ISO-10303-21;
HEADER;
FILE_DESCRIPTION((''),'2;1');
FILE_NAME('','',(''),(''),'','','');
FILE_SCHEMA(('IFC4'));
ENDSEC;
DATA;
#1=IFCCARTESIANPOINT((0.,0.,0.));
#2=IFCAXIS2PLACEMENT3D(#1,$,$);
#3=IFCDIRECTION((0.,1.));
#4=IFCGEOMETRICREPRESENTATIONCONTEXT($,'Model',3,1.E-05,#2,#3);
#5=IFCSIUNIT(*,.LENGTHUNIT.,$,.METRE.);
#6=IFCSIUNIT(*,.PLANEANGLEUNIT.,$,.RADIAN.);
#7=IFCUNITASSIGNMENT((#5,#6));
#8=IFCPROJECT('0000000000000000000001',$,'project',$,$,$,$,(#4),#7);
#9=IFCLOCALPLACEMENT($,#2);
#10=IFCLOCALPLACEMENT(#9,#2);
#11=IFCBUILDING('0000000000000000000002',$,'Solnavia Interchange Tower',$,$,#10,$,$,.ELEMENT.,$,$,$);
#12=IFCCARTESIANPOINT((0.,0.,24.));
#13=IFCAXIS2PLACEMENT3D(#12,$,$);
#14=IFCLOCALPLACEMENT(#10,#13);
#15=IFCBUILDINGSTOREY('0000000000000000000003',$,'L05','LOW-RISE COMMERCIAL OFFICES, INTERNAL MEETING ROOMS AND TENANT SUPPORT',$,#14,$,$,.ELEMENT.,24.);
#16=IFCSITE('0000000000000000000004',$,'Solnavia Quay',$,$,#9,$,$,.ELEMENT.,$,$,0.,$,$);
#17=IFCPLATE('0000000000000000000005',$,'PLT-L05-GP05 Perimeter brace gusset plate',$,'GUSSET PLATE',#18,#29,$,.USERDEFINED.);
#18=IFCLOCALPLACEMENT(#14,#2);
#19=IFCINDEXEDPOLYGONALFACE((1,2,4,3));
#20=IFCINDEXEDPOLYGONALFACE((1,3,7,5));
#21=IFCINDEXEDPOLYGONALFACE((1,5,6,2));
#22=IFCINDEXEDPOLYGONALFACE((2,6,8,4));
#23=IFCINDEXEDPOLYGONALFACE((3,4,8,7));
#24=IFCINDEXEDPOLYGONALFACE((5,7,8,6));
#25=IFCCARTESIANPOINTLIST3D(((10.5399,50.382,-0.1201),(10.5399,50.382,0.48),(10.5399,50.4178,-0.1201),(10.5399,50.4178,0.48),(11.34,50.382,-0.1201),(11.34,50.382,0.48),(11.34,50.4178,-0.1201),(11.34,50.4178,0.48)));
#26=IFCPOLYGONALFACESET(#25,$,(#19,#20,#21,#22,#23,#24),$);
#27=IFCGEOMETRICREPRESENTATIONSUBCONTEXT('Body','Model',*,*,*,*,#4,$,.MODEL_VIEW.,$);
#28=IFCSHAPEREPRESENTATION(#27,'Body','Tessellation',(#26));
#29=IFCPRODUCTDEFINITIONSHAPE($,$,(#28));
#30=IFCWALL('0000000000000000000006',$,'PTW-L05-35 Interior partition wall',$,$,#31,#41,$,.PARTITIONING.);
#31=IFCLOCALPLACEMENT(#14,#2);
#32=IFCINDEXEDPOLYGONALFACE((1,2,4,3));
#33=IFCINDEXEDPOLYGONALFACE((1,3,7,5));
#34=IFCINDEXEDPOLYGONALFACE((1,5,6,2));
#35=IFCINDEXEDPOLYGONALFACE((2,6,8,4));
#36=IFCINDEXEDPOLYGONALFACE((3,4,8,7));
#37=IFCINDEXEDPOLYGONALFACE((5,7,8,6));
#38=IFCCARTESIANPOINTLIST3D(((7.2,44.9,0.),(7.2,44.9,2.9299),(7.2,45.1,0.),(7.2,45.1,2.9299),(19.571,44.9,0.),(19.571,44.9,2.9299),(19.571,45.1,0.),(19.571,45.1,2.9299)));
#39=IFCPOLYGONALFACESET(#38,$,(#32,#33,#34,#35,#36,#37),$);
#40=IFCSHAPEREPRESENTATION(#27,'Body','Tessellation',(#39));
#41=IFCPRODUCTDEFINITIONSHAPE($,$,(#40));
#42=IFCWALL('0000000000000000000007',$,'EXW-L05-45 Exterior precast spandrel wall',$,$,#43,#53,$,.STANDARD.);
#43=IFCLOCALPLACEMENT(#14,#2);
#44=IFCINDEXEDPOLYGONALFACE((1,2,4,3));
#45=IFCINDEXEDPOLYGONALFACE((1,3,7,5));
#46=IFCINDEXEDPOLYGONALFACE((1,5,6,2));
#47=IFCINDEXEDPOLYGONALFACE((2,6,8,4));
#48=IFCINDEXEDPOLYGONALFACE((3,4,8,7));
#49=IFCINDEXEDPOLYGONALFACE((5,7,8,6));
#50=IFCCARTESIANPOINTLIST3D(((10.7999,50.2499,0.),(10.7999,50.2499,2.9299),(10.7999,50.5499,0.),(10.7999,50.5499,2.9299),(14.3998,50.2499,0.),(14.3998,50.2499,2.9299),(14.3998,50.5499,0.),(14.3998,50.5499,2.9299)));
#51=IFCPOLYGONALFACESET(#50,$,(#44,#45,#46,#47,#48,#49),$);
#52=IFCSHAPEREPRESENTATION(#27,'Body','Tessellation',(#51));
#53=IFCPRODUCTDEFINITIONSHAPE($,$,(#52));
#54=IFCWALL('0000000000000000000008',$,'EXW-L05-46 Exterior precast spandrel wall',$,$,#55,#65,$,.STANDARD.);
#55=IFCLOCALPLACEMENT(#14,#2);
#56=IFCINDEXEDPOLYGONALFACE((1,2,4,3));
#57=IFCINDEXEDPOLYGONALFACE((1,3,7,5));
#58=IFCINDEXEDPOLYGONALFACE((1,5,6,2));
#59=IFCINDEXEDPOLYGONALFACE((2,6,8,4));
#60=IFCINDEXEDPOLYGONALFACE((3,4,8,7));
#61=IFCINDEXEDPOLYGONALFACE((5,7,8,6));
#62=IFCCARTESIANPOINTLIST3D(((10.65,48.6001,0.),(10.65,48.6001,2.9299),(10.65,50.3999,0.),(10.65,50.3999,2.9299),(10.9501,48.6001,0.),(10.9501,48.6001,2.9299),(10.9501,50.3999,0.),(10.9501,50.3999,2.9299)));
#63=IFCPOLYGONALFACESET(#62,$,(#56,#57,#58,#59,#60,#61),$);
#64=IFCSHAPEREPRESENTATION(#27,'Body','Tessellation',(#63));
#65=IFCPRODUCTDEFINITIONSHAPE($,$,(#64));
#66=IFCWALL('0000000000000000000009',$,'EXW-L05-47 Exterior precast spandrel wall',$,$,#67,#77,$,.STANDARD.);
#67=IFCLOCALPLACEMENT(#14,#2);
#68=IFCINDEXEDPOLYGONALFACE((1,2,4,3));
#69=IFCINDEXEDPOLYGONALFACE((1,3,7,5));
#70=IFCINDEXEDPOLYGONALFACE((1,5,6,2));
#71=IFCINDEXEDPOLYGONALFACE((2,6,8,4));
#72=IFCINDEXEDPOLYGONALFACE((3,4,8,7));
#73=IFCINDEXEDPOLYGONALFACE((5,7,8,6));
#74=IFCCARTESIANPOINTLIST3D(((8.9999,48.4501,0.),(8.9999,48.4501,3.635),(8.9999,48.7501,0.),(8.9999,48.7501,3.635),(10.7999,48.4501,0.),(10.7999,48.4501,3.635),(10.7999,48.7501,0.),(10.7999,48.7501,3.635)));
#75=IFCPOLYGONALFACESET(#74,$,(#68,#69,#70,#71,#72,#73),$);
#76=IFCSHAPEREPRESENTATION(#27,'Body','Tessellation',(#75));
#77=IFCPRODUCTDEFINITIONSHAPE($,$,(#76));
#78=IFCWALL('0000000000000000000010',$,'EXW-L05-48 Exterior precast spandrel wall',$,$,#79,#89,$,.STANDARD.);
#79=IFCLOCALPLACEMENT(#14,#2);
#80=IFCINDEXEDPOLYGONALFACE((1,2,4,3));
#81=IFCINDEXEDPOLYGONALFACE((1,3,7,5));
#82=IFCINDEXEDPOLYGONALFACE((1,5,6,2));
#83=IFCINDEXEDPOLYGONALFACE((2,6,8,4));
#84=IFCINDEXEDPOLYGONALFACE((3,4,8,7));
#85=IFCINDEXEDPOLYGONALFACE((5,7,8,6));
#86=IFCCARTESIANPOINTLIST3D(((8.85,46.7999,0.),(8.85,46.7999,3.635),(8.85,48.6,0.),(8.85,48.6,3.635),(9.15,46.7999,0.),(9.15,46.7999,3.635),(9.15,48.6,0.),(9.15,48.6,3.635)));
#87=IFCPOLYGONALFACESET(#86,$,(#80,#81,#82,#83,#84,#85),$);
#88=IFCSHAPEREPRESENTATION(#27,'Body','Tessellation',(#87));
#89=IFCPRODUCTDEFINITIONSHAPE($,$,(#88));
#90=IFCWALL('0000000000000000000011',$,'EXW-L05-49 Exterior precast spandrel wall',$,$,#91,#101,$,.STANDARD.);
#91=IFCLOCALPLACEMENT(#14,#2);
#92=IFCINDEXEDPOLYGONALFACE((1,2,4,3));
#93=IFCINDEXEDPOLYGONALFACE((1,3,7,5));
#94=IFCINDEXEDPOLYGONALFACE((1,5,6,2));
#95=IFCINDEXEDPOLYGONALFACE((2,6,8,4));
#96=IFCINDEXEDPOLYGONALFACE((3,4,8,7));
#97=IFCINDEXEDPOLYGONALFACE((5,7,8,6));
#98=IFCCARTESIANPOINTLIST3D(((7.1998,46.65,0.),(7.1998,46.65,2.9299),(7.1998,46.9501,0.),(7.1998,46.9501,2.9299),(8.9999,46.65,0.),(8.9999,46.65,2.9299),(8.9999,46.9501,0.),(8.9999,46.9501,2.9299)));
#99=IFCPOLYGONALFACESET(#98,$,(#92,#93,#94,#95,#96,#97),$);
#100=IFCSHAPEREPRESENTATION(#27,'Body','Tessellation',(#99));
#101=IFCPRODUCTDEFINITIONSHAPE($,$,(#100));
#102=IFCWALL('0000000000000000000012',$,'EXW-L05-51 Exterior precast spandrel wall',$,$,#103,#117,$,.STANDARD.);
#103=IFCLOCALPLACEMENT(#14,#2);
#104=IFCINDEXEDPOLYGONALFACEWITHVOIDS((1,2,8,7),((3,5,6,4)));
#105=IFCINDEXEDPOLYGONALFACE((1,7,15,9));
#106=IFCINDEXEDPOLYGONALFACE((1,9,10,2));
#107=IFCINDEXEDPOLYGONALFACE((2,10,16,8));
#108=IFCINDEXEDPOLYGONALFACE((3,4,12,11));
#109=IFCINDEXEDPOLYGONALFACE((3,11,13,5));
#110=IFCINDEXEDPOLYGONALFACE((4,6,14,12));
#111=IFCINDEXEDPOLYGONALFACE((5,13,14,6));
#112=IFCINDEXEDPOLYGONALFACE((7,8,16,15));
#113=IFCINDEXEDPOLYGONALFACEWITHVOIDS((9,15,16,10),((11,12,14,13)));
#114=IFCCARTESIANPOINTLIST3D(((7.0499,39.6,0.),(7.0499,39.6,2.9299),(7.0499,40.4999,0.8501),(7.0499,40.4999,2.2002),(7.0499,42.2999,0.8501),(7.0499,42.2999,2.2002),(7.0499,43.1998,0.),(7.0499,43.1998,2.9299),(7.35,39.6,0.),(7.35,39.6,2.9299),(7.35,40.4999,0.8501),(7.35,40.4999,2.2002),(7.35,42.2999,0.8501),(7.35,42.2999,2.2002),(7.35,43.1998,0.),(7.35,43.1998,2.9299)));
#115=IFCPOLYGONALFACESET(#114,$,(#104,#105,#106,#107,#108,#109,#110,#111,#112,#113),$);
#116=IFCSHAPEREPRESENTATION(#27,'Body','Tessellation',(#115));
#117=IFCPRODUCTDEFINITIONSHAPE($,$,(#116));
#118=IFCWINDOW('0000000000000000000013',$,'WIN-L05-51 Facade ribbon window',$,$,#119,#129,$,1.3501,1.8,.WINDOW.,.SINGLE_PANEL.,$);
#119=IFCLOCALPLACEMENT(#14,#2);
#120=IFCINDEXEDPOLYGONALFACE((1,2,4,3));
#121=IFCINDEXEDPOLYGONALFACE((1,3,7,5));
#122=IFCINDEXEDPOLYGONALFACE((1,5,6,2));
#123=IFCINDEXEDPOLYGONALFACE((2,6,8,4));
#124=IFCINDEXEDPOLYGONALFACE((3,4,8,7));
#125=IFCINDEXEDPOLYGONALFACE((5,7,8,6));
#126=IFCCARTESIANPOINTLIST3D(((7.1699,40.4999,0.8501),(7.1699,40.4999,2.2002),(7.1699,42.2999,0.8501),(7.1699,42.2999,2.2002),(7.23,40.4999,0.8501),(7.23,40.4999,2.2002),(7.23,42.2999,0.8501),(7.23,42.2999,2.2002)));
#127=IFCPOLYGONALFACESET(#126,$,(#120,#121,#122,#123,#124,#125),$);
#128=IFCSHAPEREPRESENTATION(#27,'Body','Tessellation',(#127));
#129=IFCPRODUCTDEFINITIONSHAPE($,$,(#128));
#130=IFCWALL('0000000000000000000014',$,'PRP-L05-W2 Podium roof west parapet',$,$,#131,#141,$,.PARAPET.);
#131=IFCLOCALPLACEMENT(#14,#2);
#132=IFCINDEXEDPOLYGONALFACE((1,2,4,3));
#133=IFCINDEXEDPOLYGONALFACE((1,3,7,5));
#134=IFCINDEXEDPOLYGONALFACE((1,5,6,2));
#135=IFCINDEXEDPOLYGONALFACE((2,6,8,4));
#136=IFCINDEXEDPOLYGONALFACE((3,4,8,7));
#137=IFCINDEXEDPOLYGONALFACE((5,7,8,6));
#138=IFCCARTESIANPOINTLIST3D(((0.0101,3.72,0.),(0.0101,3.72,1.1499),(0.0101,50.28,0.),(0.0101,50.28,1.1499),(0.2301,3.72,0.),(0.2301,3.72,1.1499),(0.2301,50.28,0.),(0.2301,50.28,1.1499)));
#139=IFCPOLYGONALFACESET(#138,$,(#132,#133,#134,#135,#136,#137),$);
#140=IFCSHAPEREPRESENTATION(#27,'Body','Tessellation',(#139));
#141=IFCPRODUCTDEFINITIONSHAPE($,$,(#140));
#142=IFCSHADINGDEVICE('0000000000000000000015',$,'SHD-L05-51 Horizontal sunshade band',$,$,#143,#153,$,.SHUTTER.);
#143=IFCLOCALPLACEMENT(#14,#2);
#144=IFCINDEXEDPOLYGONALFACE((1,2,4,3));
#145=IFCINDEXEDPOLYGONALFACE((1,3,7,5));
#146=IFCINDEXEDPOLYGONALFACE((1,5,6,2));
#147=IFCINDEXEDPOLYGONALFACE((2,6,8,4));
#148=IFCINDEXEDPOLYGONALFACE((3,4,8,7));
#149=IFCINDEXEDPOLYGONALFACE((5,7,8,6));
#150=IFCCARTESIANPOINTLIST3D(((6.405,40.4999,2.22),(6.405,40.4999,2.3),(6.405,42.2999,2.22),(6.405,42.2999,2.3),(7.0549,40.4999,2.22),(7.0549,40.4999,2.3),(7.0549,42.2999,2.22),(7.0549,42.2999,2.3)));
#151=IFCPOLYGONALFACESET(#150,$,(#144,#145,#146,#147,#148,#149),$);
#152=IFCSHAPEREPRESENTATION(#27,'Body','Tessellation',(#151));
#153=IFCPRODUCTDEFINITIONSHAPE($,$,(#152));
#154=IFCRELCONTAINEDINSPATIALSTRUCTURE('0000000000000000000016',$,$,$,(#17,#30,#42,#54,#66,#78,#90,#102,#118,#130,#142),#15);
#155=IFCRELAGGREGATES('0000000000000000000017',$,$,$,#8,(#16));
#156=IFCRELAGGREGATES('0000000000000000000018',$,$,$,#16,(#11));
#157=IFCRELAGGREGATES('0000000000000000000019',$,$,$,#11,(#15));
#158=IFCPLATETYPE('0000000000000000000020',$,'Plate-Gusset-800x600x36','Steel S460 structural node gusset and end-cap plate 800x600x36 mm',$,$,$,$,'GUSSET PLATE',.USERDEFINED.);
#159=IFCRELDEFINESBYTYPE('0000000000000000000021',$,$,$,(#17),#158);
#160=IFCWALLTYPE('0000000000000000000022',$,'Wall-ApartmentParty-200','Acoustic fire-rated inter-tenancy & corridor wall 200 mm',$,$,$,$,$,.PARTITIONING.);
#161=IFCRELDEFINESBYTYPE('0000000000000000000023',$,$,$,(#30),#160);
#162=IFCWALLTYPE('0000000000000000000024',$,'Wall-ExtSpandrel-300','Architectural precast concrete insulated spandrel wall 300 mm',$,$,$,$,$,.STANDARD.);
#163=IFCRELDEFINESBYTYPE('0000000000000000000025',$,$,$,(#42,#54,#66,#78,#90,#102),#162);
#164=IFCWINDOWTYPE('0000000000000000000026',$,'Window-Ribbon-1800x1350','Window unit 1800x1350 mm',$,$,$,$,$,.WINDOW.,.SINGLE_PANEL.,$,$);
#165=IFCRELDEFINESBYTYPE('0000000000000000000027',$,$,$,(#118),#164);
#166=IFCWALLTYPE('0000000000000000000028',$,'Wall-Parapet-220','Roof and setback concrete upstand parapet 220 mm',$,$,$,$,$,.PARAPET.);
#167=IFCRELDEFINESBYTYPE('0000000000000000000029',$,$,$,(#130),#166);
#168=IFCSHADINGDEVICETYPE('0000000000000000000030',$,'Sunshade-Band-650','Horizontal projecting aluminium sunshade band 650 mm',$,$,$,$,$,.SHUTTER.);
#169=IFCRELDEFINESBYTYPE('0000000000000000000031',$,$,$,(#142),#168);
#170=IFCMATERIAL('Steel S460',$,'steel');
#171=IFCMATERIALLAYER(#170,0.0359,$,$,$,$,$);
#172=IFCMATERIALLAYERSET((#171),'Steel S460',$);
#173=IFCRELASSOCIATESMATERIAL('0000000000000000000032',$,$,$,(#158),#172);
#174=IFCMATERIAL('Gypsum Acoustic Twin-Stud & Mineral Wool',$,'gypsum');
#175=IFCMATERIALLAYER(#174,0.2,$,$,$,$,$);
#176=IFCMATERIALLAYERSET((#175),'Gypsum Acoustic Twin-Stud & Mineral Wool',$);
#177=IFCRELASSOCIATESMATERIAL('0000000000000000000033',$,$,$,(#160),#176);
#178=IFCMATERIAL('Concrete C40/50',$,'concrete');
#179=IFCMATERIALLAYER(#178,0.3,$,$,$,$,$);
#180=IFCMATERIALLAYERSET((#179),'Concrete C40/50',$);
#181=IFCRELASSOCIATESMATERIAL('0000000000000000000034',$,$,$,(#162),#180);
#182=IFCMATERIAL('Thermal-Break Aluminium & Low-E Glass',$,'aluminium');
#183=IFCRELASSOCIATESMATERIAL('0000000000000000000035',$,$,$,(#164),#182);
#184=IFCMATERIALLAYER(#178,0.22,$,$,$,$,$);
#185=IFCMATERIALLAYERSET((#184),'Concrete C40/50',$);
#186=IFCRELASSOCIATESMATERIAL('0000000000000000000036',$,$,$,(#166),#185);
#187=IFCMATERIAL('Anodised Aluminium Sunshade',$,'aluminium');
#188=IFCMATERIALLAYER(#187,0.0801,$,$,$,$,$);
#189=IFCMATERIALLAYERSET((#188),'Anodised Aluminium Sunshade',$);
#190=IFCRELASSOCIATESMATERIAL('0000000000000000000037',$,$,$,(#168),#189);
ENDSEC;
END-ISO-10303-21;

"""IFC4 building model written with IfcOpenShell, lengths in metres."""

from ifc_helpers import new_model, si_unit, direction, frame, frame_2d, origin, origin_2d, place, context, subcontext, project, spatial, rectangle, extrude, material, layer, layer_set, type_object, element, fill, save


model = new_model("IFC4")

# Units and contexts
model_context = context("Model", 3, precision=1e-05, world=origin(), true_north=direction((0.0, 1.0)))
body_context = subcontext(model_context, "Body", "Model", "MODEL_VIEW")
ifc_project = project(units=[si_unit("LENGTHUNIT", "METRE"), si_unit("PLANEANGLEUNIT", "RADIAN")], contexts=[model_context])

# Site, building, storey
site_placement = place(None, origin())
site = spatial("IfcSite", under=ifc_project, at=site_placement, Name="Solnavia Quay", CompositionType="ELEMENT", RefElevation=0.0)
building_placement = place(site_placement, origin())
building = spatial("IfcBuilding", under=site, at=building_placement, Name="Solnavia Interchange Tower", CompositionType="ELEMENT")
storey_placement = place(building_placement, frame((0.0, 0.0, 24.0)))
storey = spatial("IfcBuildingStorey", under=building, at=storey_placement, Name="L05", Description="LOW-RISE COMMERCIAL OFFICES, INTERNAL MEETING ROOMS AND TENANT SUPPORT", CompositionType="ELEMENT", Elevation=24.0)

# Shared definitions
ifc_material_1 = material(Name="Steel S460", Category="steel")

# Plate
ifc_layer_1 = layer(ifc_material_1, 0.0359)
ifc_layer_set_1 = layer_set([ifc_layer_1], Name="Steel S460")
plate_type_1 = type_object("IfcPlateType", Name="Plate-Gusset-800x600x36", Description="Steel S460 structural node gusset and end-cap plate 800x600x36 mm", ElementType="GUSSET PLATE", PredefinedType="USERDEFINED", material=ifc_layer_set_1)
plate_1_placement = place(storey_placement, frame((10.9399, 50.3999, -0.1201), z_axis=(0.0, 0.0, 1.0), x_axis=(1.0, 0.0, 0.0)))
element("IfcPlate", 1, at=plate_1_placement, inside=storey, type_object=plate_type_1, Name="PLT-L05-GP05 Perimeter brace gusset plate", ObjectType="GUSSET PLATE", PredefinedType="USERDEFINED", context=body_context, shape_type="SweptSolid", body=[
    extrude(rectangle(XDim=0.8, YDim=0.0359, at=origin_2d()), origin(), (0.0, 0.0, 1.0), 0.6001),
])

# Walls
ifc_material_2 = material(Name="Gypsum Acoustic Twin-Stud & Mineral Wool", Category="gypsum")
ifc_layer_2 = layer(ifc_material_2, 0.2)
ifc_layer_set_2 = layer_set([ifc_layer_2], Name="Gypsum Acoustic Twin-Stud & Mineral Wool")
wall_type_1 = type_object("IfcWallType", Name="Wall-ApartmentParty-200", Description="Acoustic fire-rated inter-tenancy & corridor wall 200 mm", PredefinedType="PARTITIONING", material=ifc_layer_set_2)
wall_1_placement = place(storey_placement, frame((7.2, 45.0, 0.0), z_axis=(0.0, 0.0, 1.0), x_axis=(1.0, 0.0, 0.0)))
element("IfcWall", 2, at=wall_1_placement, inside=storey, type_object=wall_type_1, Name="PTW-L05-35 Interior partition wall", PredefinedType="PARTITIONING", context=body_context, shape_type="SweptSolid", body=[
    extrude(rectangle(XDim=12.3711, YDim=0.2, at=frame_2d((6.1855, 0.0))), origin(), (0.0, 0.0, 1.0), 2.9299),
])
ifc_material_3 = material(Name="Concrete C40/50", Category="concrete")
ifc_layer_3 = layer(ifc_material_3, 0.3)
ifc_layer_set_3 = layer_set([ifc_layer_3], Name="Concrete C40/50")
wall_type_2 = type_object("IfcWallType", Name="Wall-ExtSpandrel-300", Description="Architectural precast concrete insulated spandrel wall 300 mm", PredefinedType="STANDARD", material=ifc_layer_set_3)
wall_2_placement = place(storey_placement, frame((10.8, 50.3999, 0.0), z_axis=(0.0, 0.0, 1.0), x_axis=(1.0, 0.0, 0.0)))
element("IfcWall", 3, at=wall_2_placement, inside=storey, type_object=wall_type_2, Name="EXW-L05-45 Exterior precast spandrel wall", PredefinedType="STANDARD", context=body_context, shape_type="SweptSolid", body=[
    extrude(rectangle(XDim=3.5999, YDim=0.3, at=frame_2d((1.7998, 0.0))), origin(), (0.0, 0.0, 1.0), 2.9299),
])
wall_3_placement = place(storey_placement, frame((10.8, 48.6001, 0.0), z_axis=(0.0, 0.0, 1.0), x_axis=(0.0, 1.0, 0.0)))
element("IfcWall", 4, at=wall_3_placement, inside=storey, type_object=wall_type_2, Name="EXW-L05-46 Exterior precast spandrel wall", PredefinedType="STANDARD", context=body_context, shape_type="SweptSolid", body=[
    extrude(rectangle(XDim=1.7998, YDim=0.3, at=frame_2d((0.8999, 0.0))), origin(), (0.0, 0.0, 1.0), 2.9299),
])
for number, where, z_axis, x_axis, name in (
    (5, (9.0, 48.6001, 0.0), (0.0, 0.0, 1.0), (1.0, 0.0, 0.0), "EXW-L05-47 Exterior precast spandrel wall"),
    (6, (9.0, 46.8, 0.0), (0.0, 0.0, 1.0), (0.0, 1.0, 0.0), "EXW-L05-48 Exterior precast spandrel wall"),
):
    element("IfcWall", number, at=place(storey_placement, frame(where, z_axis=z_axis, x_axis=x_axis)), inside=storey, type_object=wall_type_2, Name=name, PredefinedType="STANDARD", context=body_context, shape_type="SweptSolid", body=[
        extrude(rectangle(XDim=1.8, YDim=0.3, at=frame_2d((0.8999, 0.0))), origin(), (0.0, 0.0, 1.0), 3.635),
    ])
wall_4_placement = place(storey_placement, frame((7.2, 46.8, 0.0), z_axis=(0.0, 0.0, 1.0), x_axis=(1.0, 0.0, 0.0)))
element("IfcWall", 7, at=wall_4_placement, inside=storey, type_object=wall_type_2, Name="EXW-L05-49 Exterior precast spandrel wall", PredefinedType="STANDARD", context=body_context, shape_type="SweptSolid", body=[
    extrude(rectangle(XDim=1.8, YDim=0.3, at=frame_2d((0.8999, 0.0))), origin(), (0.0, 0.0, 1.0), 2.9299),
])

# Wall, opening, window
wall_5_placement = place(storey_placement, frame((7.2, 39.6001, 0.0), z_axis=(0.0, 0.0, 1.0), x_axis=(0.0, 1.0, 0.0)))
wall_5 = element("IfcWall", 8, at=wall_5_placement, inside=storey, type_object=wall_type_2, Name="EXW-L05-51 Exterior precast spandrel wall", PredefinedType="STANDARD", context=body_context, shape_type="SweptSolid", body=[
    extrude(rectangle(XDim=3.5999, YDim=0.3, at=frame_2d((1.7998, 0.0))), origin(), (0.0, 0.0, 1.0), 2.9299),
])
opening_placement = place(wall_5_placement, frame((0.8999, 0.0, 0.8501)))
opening = element("IfcOpeningElement", 9, at=opening_placement, cuts=wall_5, PredefinedType="OPENING", context=body_context, shape_type="SweptSolid", body=[
    extrude(rectangle(XDim=1.8, YDim=1.3501, at=frame_2d((0.8999, 0.675))), frame((0.0, 0.1602, 0.0), z_axis=(0.0, -1.0, 0.0), x_axis=(1.0, 0.0, 0.0)), (0.0, 0.0, 1.0), 0.3201),
])
ifc_material_4 = material(Name="Thermal-Break Aluminium & Low-E Glass", Category="aluminium")
window_type = type_object("IfcWindowType", Name="Window-Ribbon-1800x1350", Description="Window unit 1800x1350 mm", PartitioningType="SINGLE_PANEL", PredefinedType="WINDOW", material=ifc_material_4)
window_placement = place(opening_placement, origin())
window = element("IfcWindow", 10, at=window_placement, inside=storey, type_object=window_type, Name="WIN-L05-51 Facade ribbon window", OverallHeight=1.3501, OverallWidth=1.8, PartitioningType="SINGLE_PANEL", PredefinedType="WINDOW", context=body_context, shape_type="SweptSolid", body=[
    extrude(rectangle(XDim=1.8, YDim=1.3501, at=frame_2d((0.8999, 0.675))), frame((0.0, 0.03, 0.0), z_axis=(0.0, -1.0, 0.0), x_axis=(1.0, 0.0, 0.0)), (0.0, 0.0, 1.0), 0.0601),
])
fill(opening, window)

# Wall
ifc_layer_4 = layer(ifc_material_3, 0.22)
ifc_layer_set_4 = layer_set([ifc_layer_4], Name="Concrete C40/50")
wall_type_3 = type_object("IfcWallType", Name="Wall-Parapet-220", Description="Roof and setback concrete upstand parapet 220 mm", PredefinedType="PARAPET", material=ifc_layer_set_4)
wall_6_placement = place(storey_placement, frame((0.1201, 50.28, 0.0), z_axis=(0.0, 0.0, 1.0), x_axis=(0.0, -1.0, 0.0)))
element("IfcWall", 11, at=wall_6_placement, inside=storey, type_object=wall_type_3, Name="PRP-L05-W2 Podium roof west parapet", PredefinedType="PARAPET", context=body_context, shape_type="SweptSolid", body=[
    extrude(rectangle(XDim=46.5601, YDim=0.22, at=frame_2d((23.28, 0.0))), origin(), (0.0, 0.0, 1.0), 1.1499),
])

# Shading device
ifc_material_5 = material(Name="Anodised Aluminium Sunshade", Category="aluminium")
ifc_layer_5 = layer(ifc_material_5, 0.0801)
ifc_layer_set_5 = layer_set([ifc_layer_5], Name="Anodised Aluminium Sunshade")
shading_device_type = type_object("IfcShadingDeviceType", Name="Sunshade-Band-650", Description="Horizontal projecting aluminium sunshade band 650 mm", PredefinedType="SHUTTER", material=ifc_layer_set_5)
shading_device_placement = place(storey_placement, frame((6.73, 41.3999, 2.22), z_axis=(0.0, 0.0, 1.0), x_axis=(0.0, 1.0, 0.0)))
element("IfcShadingDevice", 12, at=shading_device_placement, inside=storey, type_object=shading_device_type, Name="SHD-L05-51 Horizontal sunshade band", PredefinedType="SHUTTER", context=body_context, shape_type="SweptSolid", body=[
    extrude(rectangle(XDim=1.8, YDim=0.6499, at=origin_2d()), origin(), (0.0, 0.0, 1.0), 0.0801),
])

save(model, "model.ifc")
